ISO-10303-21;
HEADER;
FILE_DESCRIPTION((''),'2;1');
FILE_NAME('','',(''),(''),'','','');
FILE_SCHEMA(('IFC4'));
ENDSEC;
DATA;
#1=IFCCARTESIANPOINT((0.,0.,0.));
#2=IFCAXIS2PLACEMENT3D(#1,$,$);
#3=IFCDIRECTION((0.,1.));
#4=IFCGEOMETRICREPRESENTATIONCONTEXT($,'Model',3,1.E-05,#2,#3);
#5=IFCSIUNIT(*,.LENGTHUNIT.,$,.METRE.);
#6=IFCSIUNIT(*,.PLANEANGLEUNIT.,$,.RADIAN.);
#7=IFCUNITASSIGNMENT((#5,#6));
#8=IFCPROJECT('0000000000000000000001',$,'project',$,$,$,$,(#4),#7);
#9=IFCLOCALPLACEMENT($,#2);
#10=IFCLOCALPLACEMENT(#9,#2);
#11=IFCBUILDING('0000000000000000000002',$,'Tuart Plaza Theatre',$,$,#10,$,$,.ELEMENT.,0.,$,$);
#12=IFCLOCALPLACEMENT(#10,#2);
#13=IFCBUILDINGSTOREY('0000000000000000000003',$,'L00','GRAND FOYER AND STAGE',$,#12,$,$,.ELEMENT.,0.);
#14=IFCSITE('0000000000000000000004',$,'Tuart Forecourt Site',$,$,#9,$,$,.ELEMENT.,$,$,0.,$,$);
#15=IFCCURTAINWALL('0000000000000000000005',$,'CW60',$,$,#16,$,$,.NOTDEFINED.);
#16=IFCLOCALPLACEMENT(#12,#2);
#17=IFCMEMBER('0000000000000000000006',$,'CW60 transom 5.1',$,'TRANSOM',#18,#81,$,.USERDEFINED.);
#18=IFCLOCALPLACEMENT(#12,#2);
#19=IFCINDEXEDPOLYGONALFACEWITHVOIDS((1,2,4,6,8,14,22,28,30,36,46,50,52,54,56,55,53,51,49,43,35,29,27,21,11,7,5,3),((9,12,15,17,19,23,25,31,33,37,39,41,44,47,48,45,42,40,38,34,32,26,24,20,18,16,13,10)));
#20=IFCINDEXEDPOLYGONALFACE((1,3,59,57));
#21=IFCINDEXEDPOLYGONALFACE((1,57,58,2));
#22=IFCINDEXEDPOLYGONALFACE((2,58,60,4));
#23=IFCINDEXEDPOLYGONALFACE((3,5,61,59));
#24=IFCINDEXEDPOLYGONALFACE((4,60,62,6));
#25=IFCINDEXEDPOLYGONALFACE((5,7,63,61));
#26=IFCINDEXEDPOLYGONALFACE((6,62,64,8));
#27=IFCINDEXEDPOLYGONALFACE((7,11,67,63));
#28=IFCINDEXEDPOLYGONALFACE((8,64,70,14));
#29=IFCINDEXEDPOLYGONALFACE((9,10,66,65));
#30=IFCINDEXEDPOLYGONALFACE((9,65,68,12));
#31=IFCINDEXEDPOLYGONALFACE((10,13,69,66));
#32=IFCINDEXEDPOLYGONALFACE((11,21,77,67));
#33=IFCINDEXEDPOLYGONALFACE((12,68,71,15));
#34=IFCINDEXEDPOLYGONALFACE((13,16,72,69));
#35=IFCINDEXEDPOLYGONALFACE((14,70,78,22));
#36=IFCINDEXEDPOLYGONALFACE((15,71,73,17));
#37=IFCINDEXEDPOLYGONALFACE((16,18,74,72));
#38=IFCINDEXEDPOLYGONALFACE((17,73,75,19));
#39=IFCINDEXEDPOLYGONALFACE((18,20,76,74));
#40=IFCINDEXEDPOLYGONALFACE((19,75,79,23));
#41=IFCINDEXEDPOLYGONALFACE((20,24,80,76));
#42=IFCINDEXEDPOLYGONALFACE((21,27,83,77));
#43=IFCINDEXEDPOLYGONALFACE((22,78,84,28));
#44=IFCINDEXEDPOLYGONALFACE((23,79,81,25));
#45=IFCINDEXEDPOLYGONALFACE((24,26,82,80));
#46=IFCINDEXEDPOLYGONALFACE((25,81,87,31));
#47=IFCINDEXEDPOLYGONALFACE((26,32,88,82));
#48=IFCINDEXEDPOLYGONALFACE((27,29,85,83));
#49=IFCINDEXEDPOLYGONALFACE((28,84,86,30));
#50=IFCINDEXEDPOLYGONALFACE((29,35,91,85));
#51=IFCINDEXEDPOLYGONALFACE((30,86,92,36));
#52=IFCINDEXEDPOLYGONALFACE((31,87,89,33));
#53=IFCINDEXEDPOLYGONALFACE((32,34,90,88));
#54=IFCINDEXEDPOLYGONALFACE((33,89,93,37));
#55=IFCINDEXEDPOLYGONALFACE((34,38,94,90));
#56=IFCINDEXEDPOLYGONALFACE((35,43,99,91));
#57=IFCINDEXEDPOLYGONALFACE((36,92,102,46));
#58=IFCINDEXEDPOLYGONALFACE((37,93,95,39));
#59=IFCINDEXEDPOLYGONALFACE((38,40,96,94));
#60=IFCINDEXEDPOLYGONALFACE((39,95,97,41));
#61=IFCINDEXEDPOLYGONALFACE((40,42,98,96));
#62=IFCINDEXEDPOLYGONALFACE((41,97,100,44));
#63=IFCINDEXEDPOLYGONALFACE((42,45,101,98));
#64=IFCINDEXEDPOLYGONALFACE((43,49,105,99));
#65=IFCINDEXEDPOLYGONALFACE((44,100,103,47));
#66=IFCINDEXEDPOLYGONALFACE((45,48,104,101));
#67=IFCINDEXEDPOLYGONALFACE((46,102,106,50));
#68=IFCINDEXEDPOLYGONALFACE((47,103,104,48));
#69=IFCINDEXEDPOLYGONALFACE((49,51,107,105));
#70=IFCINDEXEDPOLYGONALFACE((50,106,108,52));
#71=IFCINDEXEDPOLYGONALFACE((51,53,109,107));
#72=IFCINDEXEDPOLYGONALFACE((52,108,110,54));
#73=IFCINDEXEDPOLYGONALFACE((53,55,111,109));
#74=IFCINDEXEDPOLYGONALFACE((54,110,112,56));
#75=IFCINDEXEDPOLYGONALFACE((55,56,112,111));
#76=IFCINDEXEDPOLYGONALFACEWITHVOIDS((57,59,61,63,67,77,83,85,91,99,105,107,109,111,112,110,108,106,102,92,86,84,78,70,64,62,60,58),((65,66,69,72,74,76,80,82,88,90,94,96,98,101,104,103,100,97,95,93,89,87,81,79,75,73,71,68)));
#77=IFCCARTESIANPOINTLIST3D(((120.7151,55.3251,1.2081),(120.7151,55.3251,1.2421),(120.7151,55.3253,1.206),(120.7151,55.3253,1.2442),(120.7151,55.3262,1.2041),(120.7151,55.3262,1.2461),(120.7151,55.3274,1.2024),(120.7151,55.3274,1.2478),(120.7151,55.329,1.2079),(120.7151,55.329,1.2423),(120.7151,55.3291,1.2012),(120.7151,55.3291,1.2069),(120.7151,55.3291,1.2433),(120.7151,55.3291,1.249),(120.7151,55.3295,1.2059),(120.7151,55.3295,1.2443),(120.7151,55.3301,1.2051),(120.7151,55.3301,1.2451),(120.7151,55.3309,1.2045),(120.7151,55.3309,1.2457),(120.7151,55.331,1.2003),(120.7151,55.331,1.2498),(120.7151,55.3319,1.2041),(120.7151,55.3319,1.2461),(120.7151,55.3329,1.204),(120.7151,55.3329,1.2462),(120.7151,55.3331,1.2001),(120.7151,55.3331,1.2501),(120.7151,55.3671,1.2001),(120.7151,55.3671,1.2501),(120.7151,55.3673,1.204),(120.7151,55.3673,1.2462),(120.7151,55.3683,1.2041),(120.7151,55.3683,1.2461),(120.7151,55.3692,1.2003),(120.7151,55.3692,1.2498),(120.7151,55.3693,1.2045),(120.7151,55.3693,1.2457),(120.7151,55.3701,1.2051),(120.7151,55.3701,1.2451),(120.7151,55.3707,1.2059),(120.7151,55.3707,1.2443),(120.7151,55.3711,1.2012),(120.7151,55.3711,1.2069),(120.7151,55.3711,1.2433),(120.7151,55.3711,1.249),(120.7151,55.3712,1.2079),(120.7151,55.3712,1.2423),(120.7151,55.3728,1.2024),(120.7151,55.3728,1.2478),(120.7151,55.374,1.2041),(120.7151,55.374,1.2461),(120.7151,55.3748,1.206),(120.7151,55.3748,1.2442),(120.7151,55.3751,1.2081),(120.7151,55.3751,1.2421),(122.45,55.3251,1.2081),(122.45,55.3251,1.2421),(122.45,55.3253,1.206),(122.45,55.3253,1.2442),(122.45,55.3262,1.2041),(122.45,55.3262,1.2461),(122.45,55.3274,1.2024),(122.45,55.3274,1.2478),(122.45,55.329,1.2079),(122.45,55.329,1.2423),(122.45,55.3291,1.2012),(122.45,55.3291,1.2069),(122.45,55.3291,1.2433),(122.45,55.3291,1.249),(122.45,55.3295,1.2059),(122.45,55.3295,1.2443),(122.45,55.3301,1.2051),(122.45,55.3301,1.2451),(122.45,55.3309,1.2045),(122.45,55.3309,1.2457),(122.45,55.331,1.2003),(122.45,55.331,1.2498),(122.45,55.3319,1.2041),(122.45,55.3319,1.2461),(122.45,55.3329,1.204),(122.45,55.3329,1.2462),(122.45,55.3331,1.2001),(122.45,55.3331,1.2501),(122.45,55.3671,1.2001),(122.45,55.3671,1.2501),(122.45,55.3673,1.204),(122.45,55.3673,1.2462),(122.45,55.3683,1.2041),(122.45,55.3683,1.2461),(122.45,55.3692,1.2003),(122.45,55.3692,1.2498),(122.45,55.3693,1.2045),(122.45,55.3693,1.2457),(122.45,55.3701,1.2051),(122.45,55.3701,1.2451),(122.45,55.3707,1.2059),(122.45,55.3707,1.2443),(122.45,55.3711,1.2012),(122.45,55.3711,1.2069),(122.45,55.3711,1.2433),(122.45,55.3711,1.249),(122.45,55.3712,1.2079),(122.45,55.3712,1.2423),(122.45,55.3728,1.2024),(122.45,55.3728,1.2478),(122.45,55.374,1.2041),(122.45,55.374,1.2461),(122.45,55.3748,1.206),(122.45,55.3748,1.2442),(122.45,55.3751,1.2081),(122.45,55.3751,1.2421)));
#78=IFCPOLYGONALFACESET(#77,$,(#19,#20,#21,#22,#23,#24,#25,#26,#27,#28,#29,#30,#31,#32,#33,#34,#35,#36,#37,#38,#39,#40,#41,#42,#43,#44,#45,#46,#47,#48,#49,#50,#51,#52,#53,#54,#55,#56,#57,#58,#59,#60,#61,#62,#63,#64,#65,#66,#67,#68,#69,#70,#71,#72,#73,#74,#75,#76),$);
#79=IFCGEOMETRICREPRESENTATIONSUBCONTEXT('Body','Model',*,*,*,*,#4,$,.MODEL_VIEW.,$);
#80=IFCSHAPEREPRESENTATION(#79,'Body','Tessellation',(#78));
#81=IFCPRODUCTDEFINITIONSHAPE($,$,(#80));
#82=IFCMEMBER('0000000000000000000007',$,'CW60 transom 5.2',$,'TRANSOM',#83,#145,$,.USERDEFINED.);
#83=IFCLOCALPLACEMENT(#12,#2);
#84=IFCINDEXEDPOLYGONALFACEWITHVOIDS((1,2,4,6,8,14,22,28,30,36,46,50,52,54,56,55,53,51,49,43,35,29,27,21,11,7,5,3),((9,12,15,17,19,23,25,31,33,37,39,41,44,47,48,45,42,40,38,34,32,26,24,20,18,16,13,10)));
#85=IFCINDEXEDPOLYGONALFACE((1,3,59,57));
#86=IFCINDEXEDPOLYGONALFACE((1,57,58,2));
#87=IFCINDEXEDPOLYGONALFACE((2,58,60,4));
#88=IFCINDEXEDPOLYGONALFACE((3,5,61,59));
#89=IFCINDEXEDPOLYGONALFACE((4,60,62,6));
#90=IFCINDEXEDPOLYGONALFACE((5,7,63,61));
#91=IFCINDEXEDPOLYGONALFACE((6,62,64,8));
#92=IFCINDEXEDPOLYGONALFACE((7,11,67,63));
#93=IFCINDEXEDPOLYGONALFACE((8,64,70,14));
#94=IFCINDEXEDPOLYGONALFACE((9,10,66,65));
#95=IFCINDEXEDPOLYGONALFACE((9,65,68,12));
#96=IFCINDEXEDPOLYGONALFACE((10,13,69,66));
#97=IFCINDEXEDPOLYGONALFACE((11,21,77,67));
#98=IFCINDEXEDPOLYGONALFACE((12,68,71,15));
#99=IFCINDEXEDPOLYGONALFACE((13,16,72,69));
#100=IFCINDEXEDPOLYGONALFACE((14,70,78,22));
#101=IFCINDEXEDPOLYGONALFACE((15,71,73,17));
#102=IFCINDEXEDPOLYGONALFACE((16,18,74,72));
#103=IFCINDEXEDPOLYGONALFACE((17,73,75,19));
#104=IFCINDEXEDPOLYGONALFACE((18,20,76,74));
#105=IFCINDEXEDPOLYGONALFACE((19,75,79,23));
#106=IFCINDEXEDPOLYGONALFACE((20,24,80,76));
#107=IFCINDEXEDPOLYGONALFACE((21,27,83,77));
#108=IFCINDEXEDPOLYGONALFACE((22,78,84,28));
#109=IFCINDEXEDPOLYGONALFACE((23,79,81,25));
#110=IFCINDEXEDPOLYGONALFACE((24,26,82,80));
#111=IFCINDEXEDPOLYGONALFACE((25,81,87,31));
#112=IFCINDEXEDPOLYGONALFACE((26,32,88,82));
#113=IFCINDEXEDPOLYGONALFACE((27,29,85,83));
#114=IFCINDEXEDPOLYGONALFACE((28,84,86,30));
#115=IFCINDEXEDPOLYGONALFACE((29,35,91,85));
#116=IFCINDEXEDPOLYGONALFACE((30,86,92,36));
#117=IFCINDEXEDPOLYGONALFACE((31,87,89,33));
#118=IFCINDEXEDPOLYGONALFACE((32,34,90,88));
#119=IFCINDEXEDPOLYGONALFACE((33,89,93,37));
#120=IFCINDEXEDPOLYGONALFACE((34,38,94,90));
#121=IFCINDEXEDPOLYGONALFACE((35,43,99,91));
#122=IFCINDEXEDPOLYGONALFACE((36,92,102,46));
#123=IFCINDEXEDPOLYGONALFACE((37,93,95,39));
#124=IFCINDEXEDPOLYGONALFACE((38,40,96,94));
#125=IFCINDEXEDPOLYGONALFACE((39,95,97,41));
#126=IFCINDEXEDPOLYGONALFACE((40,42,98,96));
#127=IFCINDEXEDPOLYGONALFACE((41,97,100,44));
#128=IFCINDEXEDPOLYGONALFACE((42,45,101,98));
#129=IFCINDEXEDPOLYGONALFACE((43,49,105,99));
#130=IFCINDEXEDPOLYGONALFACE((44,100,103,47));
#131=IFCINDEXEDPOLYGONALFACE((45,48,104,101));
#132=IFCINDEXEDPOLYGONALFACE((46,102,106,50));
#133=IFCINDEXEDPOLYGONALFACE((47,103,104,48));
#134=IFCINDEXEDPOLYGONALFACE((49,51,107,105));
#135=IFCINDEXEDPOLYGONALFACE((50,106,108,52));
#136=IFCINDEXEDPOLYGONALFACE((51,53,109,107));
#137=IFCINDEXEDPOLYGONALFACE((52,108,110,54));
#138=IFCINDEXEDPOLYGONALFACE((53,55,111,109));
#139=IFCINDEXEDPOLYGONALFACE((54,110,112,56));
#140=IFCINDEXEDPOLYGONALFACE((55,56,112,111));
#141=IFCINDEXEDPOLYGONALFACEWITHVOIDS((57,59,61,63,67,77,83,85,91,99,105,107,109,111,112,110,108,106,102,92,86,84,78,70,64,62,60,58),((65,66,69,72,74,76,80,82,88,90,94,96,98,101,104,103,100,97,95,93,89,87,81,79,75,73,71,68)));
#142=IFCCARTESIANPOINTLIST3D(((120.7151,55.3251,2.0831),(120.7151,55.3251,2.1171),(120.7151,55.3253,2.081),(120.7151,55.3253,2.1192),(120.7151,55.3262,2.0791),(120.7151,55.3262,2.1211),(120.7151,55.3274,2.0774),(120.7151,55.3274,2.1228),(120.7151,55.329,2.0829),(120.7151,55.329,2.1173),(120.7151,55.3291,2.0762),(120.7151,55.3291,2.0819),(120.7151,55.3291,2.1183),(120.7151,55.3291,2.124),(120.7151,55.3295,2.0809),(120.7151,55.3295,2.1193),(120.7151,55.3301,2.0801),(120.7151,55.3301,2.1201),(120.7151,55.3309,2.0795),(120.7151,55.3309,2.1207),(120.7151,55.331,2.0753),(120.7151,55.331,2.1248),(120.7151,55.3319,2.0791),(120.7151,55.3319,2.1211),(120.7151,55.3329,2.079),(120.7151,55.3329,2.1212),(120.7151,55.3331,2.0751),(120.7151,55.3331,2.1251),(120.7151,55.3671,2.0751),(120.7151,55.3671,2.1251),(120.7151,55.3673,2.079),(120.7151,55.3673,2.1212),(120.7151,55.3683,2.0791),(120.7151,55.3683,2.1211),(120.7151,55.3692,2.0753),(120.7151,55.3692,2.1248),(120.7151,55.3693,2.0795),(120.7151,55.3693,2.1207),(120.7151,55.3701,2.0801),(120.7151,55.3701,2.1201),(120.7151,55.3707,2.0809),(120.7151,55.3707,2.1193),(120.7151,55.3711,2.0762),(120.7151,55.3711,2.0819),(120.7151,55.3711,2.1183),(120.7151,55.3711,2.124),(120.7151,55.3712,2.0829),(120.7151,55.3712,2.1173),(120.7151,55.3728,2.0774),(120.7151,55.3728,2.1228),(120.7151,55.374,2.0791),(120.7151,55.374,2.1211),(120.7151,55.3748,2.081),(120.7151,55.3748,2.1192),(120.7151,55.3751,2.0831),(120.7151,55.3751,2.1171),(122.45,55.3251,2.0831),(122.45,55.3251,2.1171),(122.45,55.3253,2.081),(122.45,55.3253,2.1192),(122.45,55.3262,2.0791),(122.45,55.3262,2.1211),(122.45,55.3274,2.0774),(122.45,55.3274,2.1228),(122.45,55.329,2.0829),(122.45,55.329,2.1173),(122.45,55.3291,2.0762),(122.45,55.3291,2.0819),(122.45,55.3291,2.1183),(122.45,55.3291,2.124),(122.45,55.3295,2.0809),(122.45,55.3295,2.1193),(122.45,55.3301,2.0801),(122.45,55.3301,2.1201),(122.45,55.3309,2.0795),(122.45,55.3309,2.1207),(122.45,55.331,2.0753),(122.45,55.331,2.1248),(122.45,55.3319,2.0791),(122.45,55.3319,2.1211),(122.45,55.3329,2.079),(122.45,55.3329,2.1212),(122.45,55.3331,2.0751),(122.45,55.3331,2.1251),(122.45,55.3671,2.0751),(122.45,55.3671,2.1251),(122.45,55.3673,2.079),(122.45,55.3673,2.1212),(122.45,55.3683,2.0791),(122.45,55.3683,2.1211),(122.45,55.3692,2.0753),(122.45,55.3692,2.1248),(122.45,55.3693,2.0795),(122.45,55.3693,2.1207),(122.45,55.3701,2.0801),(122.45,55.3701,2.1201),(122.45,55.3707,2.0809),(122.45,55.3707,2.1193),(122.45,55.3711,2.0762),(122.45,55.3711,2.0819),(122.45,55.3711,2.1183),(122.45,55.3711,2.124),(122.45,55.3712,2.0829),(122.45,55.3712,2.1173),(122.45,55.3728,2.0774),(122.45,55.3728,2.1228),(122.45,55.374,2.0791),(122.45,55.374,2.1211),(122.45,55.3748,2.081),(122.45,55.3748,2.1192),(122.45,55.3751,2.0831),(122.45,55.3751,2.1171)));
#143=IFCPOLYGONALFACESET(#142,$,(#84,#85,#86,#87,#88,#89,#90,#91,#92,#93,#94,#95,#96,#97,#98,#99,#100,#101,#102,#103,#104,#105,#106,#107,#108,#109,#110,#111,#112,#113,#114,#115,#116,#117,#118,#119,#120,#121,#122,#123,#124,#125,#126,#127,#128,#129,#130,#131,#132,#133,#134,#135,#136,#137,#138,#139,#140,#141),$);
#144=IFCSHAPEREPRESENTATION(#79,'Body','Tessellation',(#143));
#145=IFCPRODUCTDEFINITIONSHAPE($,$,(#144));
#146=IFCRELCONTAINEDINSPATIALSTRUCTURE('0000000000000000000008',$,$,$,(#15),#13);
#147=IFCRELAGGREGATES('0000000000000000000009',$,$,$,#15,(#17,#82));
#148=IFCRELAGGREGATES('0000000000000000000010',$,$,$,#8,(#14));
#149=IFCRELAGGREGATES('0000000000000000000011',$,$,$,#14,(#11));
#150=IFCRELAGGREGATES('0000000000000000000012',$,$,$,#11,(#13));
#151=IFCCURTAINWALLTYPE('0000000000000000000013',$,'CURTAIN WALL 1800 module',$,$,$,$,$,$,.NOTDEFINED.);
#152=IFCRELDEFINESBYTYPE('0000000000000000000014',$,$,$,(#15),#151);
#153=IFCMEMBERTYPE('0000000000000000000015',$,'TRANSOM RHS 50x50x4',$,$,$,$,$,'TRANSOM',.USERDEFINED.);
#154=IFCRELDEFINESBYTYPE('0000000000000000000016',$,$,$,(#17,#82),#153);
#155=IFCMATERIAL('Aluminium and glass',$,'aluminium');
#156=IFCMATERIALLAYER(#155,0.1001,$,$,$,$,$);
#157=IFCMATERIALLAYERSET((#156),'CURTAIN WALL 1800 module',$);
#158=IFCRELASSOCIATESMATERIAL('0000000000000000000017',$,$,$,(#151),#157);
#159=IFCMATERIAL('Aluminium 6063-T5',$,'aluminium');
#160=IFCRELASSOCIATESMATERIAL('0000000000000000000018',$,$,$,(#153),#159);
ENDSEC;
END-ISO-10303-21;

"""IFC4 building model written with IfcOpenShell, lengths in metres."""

from ifc_helpers import new_model, si_unit, direction, frame, origin, origin_2d, place, context, subcontext, project, spatial, hollow_rectangle, extrude, material, layer, layer_set, material_profile, profile_set, type_object, element, aggregate, save


model = new_model("IFC4")

# Units and contexts
model_context = context("Model", 3, precision=1e-05, world=origin(), true_north=direction((0.0, 1.0)))
body_context = subcontext(model_context, "Body", "Model", "MODEL_VIEW")
ifc_project = project(units=[si_unit("LENGTHUNIT", "METRE"), si_unit("PLANEANGLEUNIT", "RADIAN")], contexts=[model_context])

# Site, building, storey
site_placement = place(None, origin())
site = spatial("IfcSite", under=ifc_project, at=site_placement, Name="Tuart Forecourt Site", CompositionType="ELEMENT", RefElevation=0.0)
building_placement = place(site_placement, origin())
building = spatial("IfcBuilding", under=site, at=building_placement, Name="Tuart Plaza Theatre", CompositionType="ELEMENT", ElevationOfRefHeight=0.0)
storey_placement = place(building_placement, origin())
storey = spatial("IfcBuildingStorey", under=building, at=storey_placement, Name="L00", Description="GRAND FOYER AND STAGE", CompositionType="ELEMENT", Elevation=0.0)

# Curtain wall
ifc_material_1 = material(Name="Aluminium and glass", Category="aluminium")
ifc_layer_1 = layer(ifc_material_1, 0.1001)
ifc_layer_set_1 = layer_set([ifc_layer_1], Name="CURTAIN WALL 1800 module")
curtain_wall_type_1 = type_object("IfcCurtainWallType", Name="CURTAIN WALL 1800 module", PredefinedType="NOTDEFINED", material=ifc_layer_set_1)
curtain_wall_1_placement = place(storey_placement, origin())
curtain_wall_1 = element("IfcCurtainWall", 1, at=curtain_wall_1_placement, inside=storey, type_object=curtain_wall_type_1, Name="CW60", PredefinedType="NOTDEFINED")

# Members
ifc_material_2 = material(Name="Aluminium 6063-T5", Category="aluminium")
ifc_material_profile_1 = material_profile(ifc_material_2, hollow_rectangle(XDim=0.05, YDim=0.05, WallThickness=0.0039, InnerFilletRadius=0.0039, OuterFilletRadius=0.0081, at=origin_2d()), Name="RHS 50x50x4")
ifc_profile_set_1 = profile_set([ifc_material_profile_1], Name="Aluminium 6063-T5")
member_type_1 = type_object("IfcMemberType", Name="TRANSOM RHS 50x50x4", ElementType="TRANSOM", PredefinedType="USERDEFINED", material=ifc_profile_set_1)
member_1_placement = place(storey_placement, frame((120.7151, 55.3501, 1.2251), z_axis=(1.0, 0.0, 0.0), x_axis=(0.0, 1.0, 0.0)))
member_1 = element("IfcMember", 2, at=member_1_placement, type_object=member_type_1, Name="CW60 transom 5.1", ObjectType="TRANSOM", PredefinedType="USERDEFINED", context=body_context, shape_type="SweptSolid", body=[
    extrude(hollow_rectangle(XDim=0.05, YDim=0.05, WallThickness=0.0039, InnerFilletRadius=0.0039, OuterFilletRadius=0.0081, at=origin_2d()), origin(), (0.0, 0.0, 1.0), 1.7349),
])
member_2_placement = place(storey_placement, frame((120.7151, 55.3501, 2.1001), z_axis=(1.0, 0.0, 0.0), x_axis=(0.0, 1.0, 0.0)))
member_2 = element("IfcMember", 3, at=member_2_placement, type_object=member_type_1, Name="CW60 transom 5.2", ObjectType="TRANSOM", PredefinedType="USERDEFINED", context=body_context, shape_type="SweptSolid", body=[
    extrude(hollow_rectangle(XDim=0.05, YDim=0.05, WallThickness=0.0039, InnerFilletRadius=0.0039, OuterFilletRadius=0.0081, at=origin_2d()), origin(), (0.0, 0.0, 1.0), 1.7349),
])

aggregate(curtain_wall_1, [member_1, member_2])

save(model, "model.ifc")
